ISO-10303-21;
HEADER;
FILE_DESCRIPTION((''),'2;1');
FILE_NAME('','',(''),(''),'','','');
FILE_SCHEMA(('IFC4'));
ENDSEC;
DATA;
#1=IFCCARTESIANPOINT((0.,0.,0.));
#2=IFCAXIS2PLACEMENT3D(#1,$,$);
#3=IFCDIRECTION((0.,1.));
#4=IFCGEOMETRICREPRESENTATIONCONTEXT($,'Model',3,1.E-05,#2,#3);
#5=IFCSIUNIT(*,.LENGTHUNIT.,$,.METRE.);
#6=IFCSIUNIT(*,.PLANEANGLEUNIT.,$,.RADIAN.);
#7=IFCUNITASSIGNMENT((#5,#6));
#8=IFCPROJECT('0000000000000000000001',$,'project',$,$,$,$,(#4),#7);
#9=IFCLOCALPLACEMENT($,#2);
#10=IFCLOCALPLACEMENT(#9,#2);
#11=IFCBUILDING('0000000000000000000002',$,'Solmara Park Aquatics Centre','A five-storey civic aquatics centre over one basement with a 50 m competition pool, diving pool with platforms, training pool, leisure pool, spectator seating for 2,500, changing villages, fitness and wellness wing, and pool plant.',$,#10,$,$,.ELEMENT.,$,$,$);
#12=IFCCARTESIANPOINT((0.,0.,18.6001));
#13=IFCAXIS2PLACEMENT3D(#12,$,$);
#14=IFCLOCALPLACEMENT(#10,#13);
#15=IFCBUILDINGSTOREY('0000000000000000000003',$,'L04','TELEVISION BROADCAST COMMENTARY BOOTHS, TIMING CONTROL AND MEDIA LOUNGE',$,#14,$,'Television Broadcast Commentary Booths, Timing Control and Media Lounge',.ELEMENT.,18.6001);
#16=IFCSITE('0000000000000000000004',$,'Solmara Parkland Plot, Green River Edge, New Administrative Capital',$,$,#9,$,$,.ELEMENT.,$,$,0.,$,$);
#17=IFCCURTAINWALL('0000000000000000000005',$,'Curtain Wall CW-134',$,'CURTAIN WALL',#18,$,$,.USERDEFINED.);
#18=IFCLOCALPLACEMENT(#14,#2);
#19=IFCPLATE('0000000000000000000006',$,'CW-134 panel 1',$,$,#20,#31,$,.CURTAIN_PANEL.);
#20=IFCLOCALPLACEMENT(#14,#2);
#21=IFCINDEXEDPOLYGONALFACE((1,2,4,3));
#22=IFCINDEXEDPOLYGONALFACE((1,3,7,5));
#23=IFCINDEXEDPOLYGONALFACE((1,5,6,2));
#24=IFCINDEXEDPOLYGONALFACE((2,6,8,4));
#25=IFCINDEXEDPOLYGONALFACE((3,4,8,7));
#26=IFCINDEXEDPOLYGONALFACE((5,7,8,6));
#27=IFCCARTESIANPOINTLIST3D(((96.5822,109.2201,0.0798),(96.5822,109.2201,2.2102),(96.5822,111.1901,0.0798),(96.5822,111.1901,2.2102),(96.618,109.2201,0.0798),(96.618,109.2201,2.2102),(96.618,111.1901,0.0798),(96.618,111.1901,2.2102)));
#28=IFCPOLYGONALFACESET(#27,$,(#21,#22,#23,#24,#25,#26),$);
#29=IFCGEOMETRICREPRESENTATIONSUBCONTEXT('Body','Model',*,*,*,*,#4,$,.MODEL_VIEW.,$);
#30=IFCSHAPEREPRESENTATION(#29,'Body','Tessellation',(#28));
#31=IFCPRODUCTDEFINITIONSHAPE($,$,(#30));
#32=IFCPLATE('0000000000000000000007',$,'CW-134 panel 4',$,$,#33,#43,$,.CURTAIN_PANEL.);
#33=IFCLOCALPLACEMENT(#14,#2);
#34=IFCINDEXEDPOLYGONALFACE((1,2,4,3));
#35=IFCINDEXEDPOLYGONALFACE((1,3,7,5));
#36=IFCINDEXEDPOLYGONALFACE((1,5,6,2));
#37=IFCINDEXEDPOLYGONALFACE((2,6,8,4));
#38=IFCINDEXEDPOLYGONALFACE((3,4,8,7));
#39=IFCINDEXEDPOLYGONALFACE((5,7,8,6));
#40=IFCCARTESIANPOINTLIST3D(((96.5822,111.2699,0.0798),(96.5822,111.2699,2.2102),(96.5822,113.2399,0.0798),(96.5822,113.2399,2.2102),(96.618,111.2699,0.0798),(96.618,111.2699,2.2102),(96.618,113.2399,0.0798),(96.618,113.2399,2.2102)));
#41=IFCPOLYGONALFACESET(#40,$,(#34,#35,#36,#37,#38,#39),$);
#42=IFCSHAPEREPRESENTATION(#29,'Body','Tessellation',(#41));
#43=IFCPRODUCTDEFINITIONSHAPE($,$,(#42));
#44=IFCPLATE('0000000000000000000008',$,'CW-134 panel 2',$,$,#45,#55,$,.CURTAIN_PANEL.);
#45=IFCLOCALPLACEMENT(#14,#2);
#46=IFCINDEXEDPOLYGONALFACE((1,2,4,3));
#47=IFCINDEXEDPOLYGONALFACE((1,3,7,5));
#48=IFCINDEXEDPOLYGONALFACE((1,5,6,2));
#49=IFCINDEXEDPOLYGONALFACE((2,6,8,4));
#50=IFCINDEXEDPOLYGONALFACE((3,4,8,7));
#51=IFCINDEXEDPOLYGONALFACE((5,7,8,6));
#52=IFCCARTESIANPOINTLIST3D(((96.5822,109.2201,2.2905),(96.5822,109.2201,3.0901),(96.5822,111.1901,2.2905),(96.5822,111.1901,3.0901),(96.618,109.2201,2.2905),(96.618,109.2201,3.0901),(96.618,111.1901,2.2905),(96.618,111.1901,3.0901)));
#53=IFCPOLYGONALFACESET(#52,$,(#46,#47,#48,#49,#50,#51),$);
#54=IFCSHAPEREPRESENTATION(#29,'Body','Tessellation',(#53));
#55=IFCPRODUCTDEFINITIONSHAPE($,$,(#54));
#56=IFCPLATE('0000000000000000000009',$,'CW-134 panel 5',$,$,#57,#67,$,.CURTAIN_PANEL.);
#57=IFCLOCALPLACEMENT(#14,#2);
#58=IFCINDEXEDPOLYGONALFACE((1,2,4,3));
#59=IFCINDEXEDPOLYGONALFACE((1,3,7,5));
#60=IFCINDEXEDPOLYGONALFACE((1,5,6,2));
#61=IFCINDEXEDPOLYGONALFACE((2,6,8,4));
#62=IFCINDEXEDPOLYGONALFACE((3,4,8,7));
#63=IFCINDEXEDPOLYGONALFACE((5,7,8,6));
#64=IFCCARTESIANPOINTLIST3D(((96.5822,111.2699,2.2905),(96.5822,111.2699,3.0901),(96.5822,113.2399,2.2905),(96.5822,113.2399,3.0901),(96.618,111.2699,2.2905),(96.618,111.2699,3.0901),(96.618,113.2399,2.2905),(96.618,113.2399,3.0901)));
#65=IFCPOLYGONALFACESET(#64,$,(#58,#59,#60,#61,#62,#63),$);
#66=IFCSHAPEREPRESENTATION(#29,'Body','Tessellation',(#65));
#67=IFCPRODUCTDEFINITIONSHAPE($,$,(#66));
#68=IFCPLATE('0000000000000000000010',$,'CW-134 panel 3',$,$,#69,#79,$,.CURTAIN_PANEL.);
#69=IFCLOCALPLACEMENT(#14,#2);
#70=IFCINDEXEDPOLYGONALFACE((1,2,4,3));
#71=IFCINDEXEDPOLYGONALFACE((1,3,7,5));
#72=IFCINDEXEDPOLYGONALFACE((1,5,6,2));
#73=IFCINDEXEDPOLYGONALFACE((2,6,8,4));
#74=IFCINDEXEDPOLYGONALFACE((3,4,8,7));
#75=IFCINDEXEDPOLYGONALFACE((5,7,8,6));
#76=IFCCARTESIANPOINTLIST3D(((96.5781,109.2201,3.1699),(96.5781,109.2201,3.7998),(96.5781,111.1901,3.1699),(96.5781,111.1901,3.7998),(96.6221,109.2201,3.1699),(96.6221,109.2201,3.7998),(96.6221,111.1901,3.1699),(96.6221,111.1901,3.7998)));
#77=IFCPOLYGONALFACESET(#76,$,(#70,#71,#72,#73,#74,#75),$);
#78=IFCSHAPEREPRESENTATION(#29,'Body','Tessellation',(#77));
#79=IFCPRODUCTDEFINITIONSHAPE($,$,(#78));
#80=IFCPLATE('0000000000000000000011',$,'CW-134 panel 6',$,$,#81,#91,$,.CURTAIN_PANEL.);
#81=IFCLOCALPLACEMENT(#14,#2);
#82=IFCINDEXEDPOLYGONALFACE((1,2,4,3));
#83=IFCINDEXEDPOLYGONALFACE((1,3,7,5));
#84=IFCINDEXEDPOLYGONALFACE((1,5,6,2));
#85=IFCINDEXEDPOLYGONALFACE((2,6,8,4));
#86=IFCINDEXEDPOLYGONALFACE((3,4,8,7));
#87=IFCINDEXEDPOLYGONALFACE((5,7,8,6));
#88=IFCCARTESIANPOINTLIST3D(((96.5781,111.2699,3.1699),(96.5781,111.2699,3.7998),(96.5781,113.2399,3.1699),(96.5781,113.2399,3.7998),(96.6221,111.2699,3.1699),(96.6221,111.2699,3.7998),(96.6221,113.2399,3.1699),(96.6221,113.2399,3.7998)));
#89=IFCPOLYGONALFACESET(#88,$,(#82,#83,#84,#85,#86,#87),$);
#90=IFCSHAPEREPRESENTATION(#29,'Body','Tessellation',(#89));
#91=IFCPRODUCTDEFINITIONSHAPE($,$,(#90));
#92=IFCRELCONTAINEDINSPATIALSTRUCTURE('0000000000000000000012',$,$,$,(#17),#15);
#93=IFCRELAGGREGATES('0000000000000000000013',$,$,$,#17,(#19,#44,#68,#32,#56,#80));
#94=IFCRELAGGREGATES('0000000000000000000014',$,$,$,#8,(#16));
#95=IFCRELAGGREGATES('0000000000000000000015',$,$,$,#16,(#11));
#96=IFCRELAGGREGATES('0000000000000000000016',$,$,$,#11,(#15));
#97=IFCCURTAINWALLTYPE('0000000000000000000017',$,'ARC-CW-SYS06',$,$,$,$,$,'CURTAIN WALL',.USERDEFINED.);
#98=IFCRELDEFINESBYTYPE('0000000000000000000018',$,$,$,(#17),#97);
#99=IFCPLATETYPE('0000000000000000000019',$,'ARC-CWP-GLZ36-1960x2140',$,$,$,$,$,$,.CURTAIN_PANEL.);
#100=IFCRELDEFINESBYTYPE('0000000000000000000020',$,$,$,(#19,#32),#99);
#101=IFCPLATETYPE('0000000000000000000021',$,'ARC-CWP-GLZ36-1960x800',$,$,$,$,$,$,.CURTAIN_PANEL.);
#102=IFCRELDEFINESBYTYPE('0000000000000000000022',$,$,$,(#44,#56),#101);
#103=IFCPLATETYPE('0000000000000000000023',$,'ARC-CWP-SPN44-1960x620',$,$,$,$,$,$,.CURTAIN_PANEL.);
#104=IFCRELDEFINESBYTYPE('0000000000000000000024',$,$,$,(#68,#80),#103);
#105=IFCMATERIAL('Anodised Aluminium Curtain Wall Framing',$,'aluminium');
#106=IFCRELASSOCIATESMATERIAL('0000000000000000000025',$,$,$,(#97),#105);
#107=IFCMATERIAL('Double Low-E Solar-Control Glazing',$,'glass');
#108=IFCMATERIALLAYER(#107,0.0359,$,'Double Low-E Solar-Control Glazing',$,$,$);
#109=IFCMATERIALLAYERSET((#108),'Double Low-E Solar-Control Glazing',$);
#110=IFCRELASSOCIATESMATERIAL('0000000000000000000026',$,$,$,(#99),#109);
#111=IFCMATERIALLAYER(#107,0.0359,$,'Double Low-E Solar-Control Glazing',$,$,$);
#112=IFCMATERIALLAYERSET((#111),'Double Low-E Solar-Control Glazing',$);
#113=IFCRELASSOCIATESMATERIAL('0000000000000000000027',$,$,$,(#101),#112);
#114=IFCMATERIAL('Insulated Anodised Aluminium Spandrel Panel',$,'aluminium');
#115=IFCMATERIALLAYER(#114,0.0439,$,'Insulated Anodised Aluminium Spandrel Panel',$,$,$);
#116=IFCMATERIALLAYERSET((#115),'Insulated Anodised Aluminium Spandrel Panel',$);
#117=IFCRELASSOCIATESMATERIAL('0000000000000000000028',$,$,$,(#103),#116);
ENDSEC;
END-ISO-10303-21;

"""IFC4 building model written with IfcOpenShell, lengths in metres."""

from ifc_helpers import new_model, si_unit, direction, frame, origin, origin_2d, place, context, subcontext, project, spatial, rectangle, extrude, material, layer, layer_set, type_object, element, aggregate, save


model = new_model("IFC4")

# Units and contexts
model_context = context("Model", 3, precision=1e-05, world=origin(), true_north=direction((0.0, 1.0)))
body_context = subcontext(model_context, "Body", "Model", "MODEL_VIEW")
ifc_project = project(units=[si_unit("LENGTHUNIT", "METRE"), si_unit("PLANEANGLEUNIT", "RADIAN")], contexts=[model_context])

# Site, building, storey
site_placement = place(None, origin())
site = spatial("IfcSite", under=ifc_project, at=site_placement, Name="Solmara Parkland Plot, Green River Edge, New Administrative Capital", CompositionType="ELEMENT", RefElevation=0.0)
building_placement = place(site_placement, origin())
building = spatial("IfcBuilding", under=site, at=building_placement, Name="Solmara Park Aquatics Centre", Description="A five-storey civic aquatics centre over one basement with a 50 m competition pool, diving pool with platforms, training pool, leisure pool, spectator seating for 2,500, changing villages, fitness and wellness wing, and pool plant.", CompositionType="ELEMENT")
storey_placement = place(building_placement, frame((0.0, 0.0, 18.6001)))
storey = spatial("IfcBuildingStorey", under=building, at=storey_placement, Name="L04", Description="TELEVISION BROADCAST COMMENTARY BOOTHS, TIMING CONTROL AND MEDIA LOUNGE", LongName="Television Broadcast Commentary Booths, Timing Control and Media Lounge", CompositionType="ELEMENT", Elevation=18.6001)

# Curtain wall, plates
ifc_material_1 = material(Name="Anodised Aluminium Curtain Wall Framing", Category="aluminium")
curtain_wall_type = type_object("IfcCurtainWallType", Name="ARC-CW-SYS06", ElementType="CURTAIN WALL", PredefinedType="USERDEFINED", material=ifc_material_1)
curtain_wall_placement = place(storey_placement, origin())
curtain_wall = element("IfcCurtainWall", 1, at=curtain_wall_placement, inside=storey, type_object=curtain_wall_type, Name="Curtain Wall CW-134", ObjectType="CURTAIN WALL", PredefinedType="USERDEFINED")
ifc_material_2 = material(Name="Double Low-E Solar-Control Glazing", Category="glass")
ifc_layer_1 = layer(ifc_material_2, 0.0359, Name="Double Low-E Solar-Control Glazing")
ifc_layer_set_1 = layer_set([ifc_layer_1], Name="Double Low-E Solar-Control Glazing")
plate_type_1 = type_object("IfcPlateType", Name="ARC-CWP-GLZ36-1960x2140", PredefinedType="CURTAIN_PANEL", material=ifc_layer_set_1)
plate_1_placement = place(storey_placement, frame((96.6001, 110.2051, 0.0798), z_axis=(0.0, 0.0, 1.0), x_axis=(0.0, 1.0, 0.0)))
plate_1 = element("IfcPlate", 2, at=plate_1_placement, type_object=plate_type_1, Name="CW-134 panel 1", PredefinedType="CURTAIN_PANEL", context=body_context, shape_type="SweptSolid", body=[
    extrude(rectangle(XDim=1.97, YDim=0.0359, at=origin_2d()), origin(), (0.0, 0.0, 1.0), 2.1304),
])
plate_2_placement = place(storey_placement, frame((96.6001, 112.2549, 0.0798), z_axis=(0.0, 0.0, 1.0), x_axis=(0.0, 1.0, 0.0)))
plate_2 = element("IfcPlate", 3, at=plate_2_placement, type_object=plate_type_1, Name="CW-134 panel 4", PredefinedType="CURTAIN_PANEL", context=body_context, shape_type="SweptSolid", body=[
    extrude(rectangle(XDim=1.97, YDim=0.0359, at=origin_2d()), origin(), (0.0, 0.0, 1.0), 2.1304),
])
ifc_layer_2 = layer(ifc_material_2, 0.0359, Name="Double Low-E Solar-Control Glazing")
ifc_layer_set_2 = layer_set([ifc_layer_2], Name="Double Low-E Solar-Control Glazing")
plate_type_2 = type_object("IfcPlateType", Name="ARC-CWP-GLZ36-1960x800", PredefinedType="CURTAIN_PANEL", material=ifc_layer_set_2)
plate_3_placement = place(storey_placement, frame((96.6001, 110.2051, 2.2905), z_axis=(0.0, 0.0, 1.0), x_axis=(0.0, 1.0, 0.0)))
plate_3 = element("IfcPlate", 4, at=plate_3_placement, type_object=plate_type_2, Name="CW-134 panel 2", PredefinedType="CURTAIN_PANEL", context=body_context, shape_type="SweptSolid", body=[
    extrude(rectangle(XDim=1.97, YDim=0.0359, at=origin_2d()), origin(), (0.0, 0.0, 1.0), 0.7996),
])
plate_4_placement = place(storey_placement, frame((96.6001, 112.2549, 2.2905), z_axis=(0.0, 0.0, 1.0), x_axis=(0.0, 1.0, 0.0)))
plate_4 = element("IfcPlate", 5, at=plate_4_placement, type_object=plate_type_2, Name="CW-134 panel 5", PredefinedType="CURTAIN_PANEL", context=body_context, shape_type="SweptSolid", body=[
    extrude(rectangle(XDim=1.97, YDim=0.0359, at=origin_2d()), origin(), (0.0, 0.0, 1.0), 0.7996),
])
ifc_material_3 = material(Name="Insulated Anodised Aluminium Spandrel Panel", Category="aluminium")
ifc_layer_3 = layer(ifc_material_3, 0.0439, Name="Insulated Anodised Aluminium Spandrel Panel")
ifc_layer_set_3 = layer_set([ifc_layer_3], Name="Insulated Anodised Aluminium Spandrel Panel")
plate_type_3 = type_object("IfcPlateType", Name="ARC-CWP-SPN44-1960x620", PredefinedType="CURTAIN_PANEL", material=ifc_layer_set_3)
plate_5_placement = place(storey_placement, frame((96.6001, 110.2051, 3.1699), z_axis=(0.0, 0.0, 1.0), x_axis=(0.0, 1.0, 0.0)))
plate_5 = element("IfcPlate", 6, at=plate_5_placement, type_object=plate_type_3, Name="CW-134 panel 3", PredefinedType="CURTAIN_PANEL", context=body_context, shape_type="SweptSolid", body=[
    extrude(rectangle(XDim=1.97, YDim=0.0439, at=origin_2d()), origin(), (0.0, 0.0, 1.0), 0.6299),
])
plate_6_placement = place(storey_placement, frame((96.6001, 112.2549, 3.1699), z_axis=(0.0, 0.0, 1.0), x_axis=(0.0, 1.0, 0.0)))
plate_6 = element("IfcPlate", 7, at=plate_6_placement, type_object=plate_type_3, Name="CW-134 panel 6", PredefinedType="CURTAIN_PANEL", context=body_context, shape_type="SweptSolid", body=[
    extrude(rectangle(XDim=1.97, YDim=0.0439, at=origin_2d()), origin(), (0.0, 0.0, 1.0), 0.6299),
])
aggregate(curtain_wall, [plate_1, plate_3, plate_5, plate_2, plate_4, plate_6])

save(model, "model.ifc")
